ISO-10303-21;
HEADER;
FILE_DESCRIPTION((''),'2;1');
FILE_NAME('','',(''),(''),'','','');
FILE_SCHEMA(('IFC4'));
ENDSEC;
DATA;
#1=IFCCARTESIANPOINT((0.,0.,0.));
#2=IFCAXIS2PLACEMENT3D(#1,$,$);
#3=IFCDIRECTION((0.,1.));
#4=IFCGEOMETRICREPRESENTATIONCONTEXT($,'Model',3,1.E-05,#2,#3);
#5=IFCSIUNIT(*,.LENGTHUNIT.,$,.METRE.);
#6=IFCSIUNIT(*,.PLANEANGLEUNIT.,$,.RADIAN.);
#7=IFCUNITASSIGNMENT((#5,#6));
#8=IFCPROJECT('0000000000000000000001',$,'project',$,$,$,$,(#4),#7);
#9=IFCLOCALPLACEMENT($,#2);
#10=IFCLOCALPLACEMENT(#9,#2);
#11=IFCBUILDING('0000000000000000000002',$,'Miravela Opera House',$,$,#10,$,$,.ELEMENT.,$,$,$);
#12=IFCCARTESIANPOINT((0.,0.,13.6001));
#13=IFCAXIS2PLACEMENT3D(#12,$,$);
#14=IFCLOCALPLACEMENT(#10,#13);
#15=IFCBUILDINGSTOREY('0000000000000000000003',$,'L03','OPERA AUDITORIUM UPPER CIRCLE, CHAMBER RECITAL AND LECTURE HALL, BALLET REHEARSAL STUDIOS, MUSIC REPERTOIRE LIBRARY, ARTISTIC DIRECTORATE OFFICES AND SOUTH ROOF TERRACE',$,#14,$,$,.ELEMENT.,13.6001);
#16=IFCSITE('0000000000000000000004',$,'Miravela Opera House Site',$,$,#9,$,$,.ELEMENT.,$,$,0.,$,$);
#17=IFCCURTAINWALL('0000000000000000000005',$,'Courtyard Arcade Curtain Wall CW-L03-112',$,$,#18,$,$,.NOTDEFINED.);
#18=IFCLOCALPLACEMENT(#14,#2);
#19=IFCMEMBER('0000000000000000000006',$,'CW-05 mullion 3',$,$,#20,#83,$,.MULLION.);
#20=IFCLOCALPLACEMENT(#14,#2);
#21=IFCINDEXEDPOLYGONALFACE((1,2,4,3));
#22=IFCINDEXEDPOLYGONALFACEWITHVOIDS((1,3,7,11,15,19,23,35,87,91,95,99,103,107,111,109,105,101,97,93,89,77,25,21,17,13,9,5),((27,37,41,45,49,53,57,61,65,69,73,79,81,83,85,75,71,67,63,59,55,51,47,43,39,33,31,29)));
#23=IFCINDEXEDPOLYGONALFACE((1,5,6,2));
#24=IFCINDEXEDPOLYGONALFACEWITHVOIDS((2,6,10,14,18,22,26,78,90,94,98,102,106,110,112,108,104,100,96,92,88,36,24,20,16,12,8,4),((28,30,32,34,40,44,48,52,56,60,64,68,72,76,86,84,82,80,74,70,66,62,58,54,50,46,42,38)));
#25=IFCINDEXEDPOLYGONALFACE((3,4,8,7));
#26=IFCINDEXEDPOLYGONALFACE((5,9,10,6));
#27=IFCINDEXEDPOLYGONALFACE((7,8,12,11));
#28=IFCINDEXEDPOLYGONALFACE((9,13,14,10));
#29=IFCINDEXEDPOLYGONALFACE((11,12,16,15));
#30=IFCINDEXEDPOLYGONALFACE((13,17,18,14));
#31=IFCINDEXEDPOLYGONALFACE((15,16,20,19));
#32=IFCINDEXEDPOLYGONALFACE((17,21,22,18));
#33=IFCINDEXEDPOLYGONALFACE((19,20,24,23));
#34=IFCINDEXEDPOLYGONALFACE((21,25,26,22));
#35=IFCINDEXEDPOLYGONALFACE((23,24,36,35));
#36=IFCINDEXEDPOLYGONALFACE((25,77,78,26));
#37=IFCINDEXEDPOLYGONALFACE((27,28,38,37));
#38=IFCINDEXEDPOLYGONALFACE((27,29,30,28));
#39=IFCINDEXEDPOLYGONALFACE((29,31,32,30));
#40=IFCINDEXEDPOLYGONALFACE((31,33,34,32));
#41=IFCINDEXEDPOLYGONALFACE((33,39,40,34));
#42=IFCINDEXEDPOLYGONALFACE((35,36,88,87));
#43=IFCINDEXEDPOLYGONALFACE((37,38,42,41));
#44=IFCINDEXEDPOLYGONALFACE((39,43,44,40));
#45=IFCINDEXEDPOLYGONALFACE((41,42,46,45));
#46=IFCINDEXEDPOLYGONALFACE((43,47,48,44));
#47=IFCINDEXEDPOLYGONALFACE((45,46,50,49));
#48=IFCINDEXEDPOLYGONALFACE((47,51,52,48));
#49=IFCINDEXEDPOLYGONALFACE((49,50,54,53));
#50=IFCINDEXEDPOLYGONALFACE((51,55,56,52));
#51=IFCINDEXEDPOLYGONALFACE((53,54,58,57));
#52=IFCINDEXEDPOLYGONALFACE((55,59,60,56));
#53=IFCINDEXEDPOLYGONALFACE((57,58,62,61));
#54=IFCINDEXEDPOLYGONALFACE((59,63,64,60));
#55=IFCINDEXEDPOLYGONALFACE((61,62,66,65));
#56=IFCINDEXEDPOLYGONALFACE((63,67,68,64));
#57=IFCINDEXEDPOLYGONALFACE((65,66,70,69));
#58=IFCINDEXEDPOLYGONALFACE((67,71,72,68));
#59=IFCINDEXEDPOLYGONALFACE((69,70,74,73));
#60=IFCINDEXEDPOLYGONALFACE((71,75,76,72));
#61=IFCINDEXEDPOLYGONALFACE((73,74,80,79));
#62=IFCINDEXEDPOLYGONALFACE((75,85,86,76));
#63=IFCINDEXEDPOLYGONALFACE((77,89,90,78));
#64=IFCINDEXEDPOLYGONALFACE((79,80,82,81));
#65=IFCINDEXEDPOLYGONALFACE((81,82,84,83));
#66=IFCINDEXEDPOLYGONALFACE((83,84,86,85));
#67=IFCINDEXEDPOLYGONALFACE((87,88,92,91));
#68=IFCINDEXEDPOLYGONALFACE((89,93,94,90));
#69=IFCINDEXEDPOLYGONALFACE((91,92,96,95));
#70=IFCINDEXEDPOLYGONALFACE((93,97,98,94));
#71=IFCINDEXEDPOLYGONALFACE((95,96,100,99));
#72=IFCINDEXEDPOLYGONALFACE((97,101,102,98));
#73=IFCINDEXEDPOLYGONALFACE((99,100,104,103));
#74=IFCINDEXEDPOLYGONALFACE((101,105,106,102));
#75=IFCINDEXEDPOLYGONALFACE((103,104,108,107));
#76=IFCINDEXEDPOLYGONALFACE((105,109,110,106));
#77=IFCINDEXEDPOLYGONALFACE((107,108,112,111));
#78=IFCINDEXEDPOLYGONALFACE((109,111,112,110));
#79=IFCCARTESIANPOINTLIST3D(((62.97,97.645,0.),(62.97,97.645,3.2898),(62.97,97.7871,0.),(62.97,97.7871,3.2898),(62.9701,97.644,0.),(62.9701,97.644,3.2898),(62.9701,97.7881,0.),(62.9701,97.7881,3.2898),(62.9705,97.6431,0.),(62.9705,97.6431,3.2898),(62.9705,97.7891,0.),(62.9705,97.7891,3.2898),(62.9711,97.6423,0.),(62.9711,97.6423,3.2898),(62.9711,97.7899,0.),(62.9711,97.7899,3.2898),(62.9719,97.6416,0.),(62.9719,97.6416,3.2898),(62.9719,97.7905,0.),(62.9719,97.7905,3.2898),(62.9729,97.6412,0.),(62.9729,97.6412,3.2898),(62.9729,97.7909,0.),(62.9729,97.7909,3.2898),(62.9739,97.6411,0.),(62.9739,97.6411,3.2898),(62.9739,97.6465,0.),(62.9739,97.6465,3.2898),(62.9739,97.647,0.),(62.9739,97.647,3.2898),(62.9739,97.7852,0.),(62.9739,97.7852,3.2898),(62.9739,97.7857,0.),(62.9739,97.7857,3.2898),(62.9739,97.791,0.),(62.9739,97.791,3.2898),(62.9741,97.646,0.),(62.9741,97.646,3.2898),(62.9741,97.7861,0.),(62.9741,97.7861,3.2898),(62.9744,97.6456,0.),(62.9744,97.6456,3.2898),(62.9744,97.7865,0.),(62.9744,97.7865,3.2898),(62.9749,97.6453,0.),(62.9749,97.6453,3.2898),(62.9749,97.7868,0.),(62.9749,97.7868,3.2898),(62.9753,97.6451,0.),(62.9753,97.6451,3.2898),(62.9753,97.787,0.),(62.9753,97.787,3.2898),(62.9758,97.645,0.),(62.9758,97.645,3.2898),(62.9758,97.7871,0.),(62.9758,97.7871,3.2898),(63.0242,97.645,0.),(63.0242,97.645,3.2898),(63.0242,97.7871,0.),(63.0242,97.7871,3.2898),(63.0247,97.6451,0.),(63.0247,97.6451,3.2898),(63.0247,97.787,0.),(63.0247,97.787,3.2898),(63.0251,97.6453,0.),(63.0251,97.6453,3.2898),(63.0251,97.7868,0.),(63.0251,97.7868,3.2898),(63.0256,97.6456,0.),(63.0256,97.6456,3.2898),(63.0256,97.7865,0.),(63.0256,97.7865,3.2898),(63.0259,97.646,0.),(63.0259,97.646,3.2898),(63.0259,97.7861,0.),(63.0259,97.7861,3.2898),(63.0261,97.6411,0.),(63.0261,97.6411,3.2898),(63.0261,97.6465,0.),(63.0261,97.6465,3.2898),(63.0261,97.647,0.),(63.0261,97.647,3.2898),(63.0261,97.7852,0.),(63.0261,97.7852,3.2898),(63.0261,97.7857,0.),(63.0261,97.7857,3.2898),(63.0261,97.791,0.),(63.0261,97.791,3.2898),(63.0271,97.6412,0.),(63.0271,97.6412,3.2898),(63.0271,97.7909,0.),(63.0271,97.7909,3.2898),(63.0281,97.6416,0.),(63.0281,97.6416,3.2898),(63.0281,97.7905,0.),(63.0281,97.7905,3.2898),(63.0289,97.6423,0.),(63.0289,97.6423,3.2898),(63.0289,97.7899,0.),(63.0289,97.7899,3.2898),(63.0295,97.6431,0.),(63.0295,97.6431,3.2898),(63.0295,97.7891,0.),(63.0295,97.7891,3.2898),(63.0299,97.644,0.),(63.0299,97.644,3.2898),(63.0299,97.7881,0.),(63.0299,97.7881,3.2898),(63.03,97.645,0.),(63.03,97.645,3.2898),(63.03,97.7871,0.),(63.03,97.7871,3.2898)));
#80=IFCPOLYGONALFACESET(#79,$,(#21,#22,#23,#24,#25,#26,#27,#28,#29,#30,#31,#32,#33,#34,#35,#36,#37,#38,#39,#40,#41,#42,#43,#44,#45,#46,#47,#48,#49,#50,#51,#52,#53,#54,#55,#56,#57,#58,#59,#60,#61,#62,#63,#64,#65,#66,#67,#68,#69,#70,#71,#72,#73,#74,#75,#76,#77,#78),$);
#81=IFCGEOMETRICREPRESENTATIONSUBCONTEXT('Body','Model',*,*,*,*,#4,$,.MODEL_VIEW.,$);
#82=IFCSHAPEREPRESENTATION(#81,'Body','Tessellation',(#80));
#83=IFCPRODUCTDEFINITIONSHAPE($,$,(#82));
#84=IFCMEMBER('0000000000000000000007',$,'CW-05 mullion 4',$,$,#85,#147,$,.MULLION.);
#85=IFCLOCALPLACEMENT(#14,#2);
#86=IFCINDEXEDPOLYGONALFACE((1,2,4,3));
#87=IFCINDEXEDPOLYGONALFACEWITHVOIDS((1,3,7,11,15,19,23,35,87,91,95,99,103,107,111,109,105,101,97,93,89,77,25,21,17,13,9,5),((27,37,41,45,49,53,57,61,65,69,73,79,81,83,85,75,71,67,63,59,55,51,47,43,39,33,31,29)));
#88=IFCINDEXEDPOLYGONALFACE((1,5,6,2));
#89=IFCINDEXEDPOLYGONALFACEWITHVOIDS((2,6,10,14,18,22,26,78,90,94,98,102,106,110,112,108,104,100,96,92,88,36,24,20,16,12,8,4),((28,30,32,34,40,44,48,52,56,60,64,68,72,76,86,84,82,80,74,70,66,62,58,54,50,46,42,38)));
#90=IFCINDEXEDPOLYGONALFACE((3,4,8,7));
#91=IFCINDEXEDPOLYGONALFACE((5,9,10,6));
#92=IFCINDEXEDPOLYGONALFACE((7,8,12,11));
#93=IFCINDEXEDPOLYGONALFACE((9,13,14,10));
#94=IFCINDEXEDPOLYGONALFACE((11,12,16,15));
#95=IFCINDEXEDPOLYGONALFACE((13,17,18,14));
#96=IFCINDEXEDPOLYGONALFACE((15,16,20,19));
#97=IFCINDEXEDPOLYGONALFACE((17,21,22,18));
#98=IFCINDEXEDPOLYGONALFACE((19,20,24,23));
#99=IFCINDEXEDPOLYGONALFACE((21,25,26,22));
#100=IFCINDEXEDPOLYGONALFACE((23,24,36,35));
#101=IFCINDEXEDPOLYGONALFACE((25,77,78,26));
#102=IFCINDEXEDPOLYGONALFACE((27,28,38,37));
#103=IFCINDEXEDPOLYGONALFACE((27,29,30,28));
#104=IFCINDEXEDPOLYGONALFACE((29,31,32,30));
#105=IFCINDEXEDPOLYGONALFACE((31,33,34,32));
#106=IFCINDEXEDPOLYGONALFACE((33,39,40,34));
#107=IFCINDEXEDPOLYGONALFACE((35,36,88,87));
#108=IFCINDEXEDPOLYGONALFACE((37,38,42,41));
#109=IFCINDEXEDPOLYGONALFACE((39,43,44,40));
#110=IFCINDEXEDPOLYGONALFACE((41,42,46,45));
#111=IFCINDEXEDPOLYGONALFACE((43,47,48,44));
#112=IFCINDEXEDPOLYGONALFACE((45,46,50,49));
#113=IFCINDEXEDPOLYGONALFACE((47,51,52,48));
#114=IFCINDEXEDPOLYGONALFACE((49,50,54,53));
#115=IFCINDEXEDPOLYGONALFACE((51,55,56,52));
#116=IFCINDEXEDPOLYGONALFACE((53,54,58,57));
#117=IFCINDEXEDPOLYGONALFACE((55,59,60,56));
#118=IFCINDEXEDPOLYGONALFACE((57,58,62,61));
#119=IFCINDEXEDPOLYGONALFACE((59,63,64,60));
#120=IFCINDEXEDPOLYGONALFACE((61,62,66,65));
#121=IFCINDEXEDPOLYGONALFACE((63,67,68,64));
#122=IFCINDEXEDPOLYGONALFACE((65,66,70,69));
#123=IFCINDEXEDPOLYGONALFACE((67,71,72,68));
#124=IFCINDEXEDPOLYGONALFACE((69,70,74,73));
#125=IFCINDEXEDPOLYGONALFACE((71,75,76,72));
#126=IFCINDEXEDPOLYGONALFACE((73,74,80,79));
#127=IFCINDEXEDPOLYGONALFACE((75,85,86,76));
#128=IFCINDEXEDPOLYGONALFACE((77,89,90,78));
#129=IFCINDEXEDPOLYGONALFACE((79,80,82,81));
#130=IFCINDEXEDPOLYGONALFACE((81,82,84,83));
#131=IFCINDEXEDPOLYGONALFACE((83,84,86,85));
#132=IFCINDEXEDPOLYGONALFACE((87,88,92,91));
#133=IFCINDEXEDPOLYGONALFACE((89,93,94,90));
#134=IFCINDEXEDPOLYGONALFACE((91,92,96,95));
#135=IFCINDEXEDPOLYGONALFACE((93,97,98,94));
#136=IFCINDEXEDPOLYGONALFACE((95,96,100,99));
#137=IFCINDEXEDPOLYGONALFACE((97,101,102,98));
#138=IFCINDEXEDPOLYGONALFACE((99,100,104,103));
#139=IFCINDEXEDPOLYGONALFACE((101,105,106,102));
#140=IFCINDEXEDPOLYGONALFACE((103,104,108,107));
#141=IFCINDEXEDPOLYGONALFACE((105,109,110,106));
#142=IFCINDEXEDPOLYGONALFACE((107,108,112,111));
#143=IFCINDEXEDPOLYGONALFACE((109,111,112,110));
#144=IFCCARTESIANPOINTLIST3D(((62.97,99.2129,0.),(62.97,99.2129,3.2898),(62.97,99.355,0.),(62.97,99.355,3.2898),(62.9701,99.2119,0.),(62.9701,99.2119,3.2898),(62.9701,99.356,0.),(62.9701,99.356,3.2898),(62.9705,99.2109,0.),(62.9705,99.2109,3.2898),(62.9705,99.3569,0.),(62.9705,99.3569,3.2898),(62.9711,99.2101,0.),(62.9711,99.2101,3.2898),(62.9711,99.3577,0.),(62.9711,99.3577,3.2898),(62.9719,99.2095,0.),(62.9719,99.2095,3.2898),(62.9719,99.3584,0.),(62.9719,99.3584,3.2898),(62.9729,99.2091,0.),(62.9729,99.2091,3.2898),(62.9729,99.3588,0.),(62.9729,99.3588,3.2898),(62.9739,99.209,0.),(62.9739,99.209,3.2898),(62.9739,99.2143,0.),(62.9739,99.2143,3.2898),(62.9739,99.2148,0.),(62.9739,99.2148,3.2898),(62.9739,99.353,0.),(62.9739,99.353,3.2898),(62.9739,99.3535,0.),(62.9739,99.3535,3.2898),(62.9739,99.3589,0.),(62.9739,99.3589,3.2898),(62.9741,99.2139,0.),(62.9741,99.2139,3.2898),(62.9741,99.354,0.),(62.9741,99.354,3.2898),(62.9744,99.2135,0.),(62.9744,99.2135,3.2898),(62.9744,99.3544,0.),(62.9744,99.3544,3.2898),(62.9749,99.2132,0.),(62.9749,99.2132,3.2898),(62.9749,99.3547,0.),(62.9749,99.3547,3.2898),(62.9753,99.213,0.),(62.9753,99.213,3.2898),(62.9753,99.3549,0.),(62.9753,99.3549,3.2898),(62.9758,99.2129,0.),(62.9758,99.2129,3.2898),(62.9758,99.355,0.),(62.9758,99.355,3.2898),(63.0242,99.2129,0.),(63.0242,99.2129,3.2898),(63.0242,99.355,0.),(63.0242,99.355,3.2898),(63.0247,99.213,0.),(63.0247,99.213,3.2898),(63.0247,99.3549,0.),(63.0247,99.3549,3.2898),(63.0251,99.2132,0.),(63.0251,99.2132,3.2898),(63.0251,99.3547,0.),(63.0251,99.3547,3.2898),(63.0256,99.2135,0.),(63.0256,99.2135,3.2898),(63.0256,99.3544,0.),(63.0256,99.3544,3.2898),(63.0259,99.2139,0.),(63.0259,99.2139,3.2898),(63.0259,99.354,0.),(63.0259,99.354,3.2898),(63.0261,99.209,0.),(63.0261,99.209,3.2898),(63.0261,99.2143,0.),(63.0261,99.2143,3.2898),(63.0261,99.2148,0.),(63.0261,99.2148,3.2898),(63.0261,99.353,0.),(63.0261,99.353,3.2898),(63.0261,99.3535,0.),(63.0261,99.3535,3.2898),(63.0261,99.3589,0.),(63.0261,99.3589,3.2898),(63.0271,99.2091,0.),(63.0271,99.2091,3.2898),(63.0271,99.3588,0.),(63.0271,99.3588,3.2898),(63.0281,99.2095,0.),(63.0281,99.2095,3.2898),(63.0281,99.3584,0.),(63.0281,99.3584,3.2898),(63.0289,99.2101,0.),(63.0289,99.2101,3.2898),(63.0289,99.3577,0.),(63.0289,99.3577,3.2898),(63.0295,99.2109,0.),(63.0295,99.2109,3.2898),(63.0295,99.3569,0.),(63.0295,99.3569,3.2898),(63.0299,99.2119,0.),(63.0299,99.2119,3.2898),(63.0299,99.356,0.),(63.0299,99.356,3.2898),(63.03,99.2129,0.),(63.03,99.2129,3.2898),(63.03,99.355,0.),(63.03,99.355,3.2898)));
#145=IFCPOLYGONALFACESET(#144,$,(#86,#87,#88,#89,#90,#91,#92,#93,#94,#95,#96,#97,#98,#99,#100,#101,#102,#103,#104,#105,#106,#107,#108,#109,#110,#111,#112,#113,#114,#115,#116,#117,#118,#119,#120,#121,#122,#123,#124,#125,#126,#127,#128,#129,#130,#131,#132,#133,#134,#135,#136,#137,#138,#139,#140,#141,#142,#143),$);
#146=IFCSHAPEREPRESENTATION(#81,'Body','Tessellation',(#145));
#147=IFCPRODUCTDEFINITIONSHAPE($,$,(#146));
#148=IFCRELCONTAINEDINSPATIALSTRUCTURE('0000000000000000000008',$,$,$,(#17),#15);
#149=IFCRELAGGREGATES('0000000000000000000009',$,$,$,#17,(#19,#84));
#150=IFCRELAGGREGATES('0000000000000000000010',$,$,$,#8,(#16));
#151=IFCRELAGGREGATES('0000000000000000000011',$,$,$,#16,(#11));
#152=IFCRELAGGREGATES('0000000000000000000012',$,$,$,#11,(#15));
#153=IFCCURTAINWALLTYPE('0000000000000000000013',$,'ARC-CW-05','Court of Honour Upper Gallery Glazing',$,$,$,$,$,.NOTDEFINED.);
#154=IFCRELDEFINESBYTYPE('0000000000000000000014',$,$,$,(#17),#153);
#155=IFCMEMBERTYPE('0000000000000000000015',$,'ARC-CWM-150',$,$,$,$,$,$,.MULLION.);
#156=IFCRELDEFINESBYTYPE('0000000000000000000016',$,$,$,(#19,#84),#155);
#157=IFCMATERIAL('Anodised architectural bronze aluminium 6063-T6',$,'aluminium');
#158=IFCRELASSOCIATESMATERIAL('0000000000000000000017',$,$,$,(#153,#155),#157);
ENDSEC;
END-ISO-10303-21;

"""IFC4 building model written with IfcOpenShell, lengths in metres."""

from ifc_helpers import new_model, si_unit, direction, frame, origin, origin_2d, place, context, subcontext, project, spatial, hollow_rectangle, extrude, material, material_profile, profile_set, type_object, element, aggregate, save


model = new_model("IFC4")

# Units and contexts
model_context = context("Model", 3, precision=1e-05, world=origin(), true_north=direction((0.0, 1.0)))
body_context = subcontext(model_context, "Body", "Model", "MODEL_VIEW")
ifc_project = project(units=[si_unit("LENGTHUNIT", "METRE"), si_unit("PLANEANGLEUNIT", "RADIAN")], contexts=[model_context])

# Site, building, storey
site_placement = place(None, origin())
site = spatial("IfcSite", under=ifc_project, at=site_placement, Name="Miravela Opera House Site", CompositionType="ELEMENT", RefElevation=0.0)
building_placement = place(site_placement, origin())
building = spatial("IfcBuilding", under=site, at=building_placement, Name="Miravela Opera House", CompositionType="ELEMENT")
storey_placement = place(building_placement, frame((0.0, 0.0, 13.6001)))
storey = spatial("IfcBuildingStorey", under=building, at=storey_placement, Name="L03", Description="OPERA AUDITORIUM UPPER CIRCLE, CHAMBER RECITAL AND LECTURE HALL, BALLET REHEARSAL STUDIOS, MUSIC REPERTOIRE LIBRARY, ARTISTIC DIRECTORATE OFFICES AND SOUTH ROOF TERRACE", CompositionType="ELEMENT", Elevation=13.6001)

# Curtain wall, members
ifc_material_1 = material(Name="Anodised architectural bronze aluminium 6063-T6", Category="aluminium")
curtain_wall_type = type_object("IfcCurtainWallType", Name="ARC-CW-05", Description="Court of Honour Upper Gallery Glazing", PredefinedType="NOTDEFINED", material=ifc_material_1)
curtain_wall_placement = place(storey_placement, origin())
curtain_wall = element("IfcCurtainWall", 1, at=curtain_wall_placement, inside=storey, type_object=curtain_wall_type, Name="Courtyard Arcade Curtain Wall CW-L03-112", PredefinedType="NOTDEFINED")
ifc_material_profile_1 = material_profile(ifc_material_1, hollow_rectangle(XDim=0.0601, YDim=0.1499, WallThickness=0.0039, InnerFilletRadius=0.002, OuterFilletRadius=0.0039, at=origin_2d()), Name="CWM-60X150")
ifc_profile_set_1 = profile_set([ifc_material_profile_1])
member_type_1 = type_object("IfcMemberType", Name="ARC-CWM-150", PredefinedType="MULLION", material=ifc_profile_set_1)
member_1_placement = place(storey_placement, frame((63.0, 97.7161, 0.0), z_axis=(0.0, 0.0, 1.0), x_axis=(-1.0, 0.0, 0.0)))
member_1 = element("IfcMember", 2, at=member_1_placement, type_object=member_type_1, Name="CW-05 mullion 3", PredefinedType="MULLION", context=body_context, shape_type="SweptSolid", body=[
    extrude(hollow_rectangle(XDim=0.0601, YDim=0.1499, WallThickness=0.0039, InnerFilletRadius=0.002, OuterFilletRadius=0.0039, at=origin_2d()), origin(), (0.0, 0.0, 1.0), 3.2898),
])
member_2_placement = place(storey_placement, frame((63.0, 99.2839, 0.0), z_axis=(0.0, 0.0, 1.0), x_axis=(-1.0, 0.0, 0.0)))
member_2 = element("IfcMember", 3, at=member_2_placement, type_object=member_type_1, Name="CW-05 mullion 4", PredefinedType="MULLION", context=body_context, shape_type="SweptSolid", body=[
    extrude(hollow_rectangle(XDim=0.0601, YDim=0.1499, WallThickness=0.0039, InnerFilletRadius=0.002, OuterFilletRadius=0.0039, at=origin_2d()), origin(), (0.0, 0.0, 1.0), 3.2898),
])

aggregate(curtain_wall, [member_1, member_2])

save(model, "model.ifc")
